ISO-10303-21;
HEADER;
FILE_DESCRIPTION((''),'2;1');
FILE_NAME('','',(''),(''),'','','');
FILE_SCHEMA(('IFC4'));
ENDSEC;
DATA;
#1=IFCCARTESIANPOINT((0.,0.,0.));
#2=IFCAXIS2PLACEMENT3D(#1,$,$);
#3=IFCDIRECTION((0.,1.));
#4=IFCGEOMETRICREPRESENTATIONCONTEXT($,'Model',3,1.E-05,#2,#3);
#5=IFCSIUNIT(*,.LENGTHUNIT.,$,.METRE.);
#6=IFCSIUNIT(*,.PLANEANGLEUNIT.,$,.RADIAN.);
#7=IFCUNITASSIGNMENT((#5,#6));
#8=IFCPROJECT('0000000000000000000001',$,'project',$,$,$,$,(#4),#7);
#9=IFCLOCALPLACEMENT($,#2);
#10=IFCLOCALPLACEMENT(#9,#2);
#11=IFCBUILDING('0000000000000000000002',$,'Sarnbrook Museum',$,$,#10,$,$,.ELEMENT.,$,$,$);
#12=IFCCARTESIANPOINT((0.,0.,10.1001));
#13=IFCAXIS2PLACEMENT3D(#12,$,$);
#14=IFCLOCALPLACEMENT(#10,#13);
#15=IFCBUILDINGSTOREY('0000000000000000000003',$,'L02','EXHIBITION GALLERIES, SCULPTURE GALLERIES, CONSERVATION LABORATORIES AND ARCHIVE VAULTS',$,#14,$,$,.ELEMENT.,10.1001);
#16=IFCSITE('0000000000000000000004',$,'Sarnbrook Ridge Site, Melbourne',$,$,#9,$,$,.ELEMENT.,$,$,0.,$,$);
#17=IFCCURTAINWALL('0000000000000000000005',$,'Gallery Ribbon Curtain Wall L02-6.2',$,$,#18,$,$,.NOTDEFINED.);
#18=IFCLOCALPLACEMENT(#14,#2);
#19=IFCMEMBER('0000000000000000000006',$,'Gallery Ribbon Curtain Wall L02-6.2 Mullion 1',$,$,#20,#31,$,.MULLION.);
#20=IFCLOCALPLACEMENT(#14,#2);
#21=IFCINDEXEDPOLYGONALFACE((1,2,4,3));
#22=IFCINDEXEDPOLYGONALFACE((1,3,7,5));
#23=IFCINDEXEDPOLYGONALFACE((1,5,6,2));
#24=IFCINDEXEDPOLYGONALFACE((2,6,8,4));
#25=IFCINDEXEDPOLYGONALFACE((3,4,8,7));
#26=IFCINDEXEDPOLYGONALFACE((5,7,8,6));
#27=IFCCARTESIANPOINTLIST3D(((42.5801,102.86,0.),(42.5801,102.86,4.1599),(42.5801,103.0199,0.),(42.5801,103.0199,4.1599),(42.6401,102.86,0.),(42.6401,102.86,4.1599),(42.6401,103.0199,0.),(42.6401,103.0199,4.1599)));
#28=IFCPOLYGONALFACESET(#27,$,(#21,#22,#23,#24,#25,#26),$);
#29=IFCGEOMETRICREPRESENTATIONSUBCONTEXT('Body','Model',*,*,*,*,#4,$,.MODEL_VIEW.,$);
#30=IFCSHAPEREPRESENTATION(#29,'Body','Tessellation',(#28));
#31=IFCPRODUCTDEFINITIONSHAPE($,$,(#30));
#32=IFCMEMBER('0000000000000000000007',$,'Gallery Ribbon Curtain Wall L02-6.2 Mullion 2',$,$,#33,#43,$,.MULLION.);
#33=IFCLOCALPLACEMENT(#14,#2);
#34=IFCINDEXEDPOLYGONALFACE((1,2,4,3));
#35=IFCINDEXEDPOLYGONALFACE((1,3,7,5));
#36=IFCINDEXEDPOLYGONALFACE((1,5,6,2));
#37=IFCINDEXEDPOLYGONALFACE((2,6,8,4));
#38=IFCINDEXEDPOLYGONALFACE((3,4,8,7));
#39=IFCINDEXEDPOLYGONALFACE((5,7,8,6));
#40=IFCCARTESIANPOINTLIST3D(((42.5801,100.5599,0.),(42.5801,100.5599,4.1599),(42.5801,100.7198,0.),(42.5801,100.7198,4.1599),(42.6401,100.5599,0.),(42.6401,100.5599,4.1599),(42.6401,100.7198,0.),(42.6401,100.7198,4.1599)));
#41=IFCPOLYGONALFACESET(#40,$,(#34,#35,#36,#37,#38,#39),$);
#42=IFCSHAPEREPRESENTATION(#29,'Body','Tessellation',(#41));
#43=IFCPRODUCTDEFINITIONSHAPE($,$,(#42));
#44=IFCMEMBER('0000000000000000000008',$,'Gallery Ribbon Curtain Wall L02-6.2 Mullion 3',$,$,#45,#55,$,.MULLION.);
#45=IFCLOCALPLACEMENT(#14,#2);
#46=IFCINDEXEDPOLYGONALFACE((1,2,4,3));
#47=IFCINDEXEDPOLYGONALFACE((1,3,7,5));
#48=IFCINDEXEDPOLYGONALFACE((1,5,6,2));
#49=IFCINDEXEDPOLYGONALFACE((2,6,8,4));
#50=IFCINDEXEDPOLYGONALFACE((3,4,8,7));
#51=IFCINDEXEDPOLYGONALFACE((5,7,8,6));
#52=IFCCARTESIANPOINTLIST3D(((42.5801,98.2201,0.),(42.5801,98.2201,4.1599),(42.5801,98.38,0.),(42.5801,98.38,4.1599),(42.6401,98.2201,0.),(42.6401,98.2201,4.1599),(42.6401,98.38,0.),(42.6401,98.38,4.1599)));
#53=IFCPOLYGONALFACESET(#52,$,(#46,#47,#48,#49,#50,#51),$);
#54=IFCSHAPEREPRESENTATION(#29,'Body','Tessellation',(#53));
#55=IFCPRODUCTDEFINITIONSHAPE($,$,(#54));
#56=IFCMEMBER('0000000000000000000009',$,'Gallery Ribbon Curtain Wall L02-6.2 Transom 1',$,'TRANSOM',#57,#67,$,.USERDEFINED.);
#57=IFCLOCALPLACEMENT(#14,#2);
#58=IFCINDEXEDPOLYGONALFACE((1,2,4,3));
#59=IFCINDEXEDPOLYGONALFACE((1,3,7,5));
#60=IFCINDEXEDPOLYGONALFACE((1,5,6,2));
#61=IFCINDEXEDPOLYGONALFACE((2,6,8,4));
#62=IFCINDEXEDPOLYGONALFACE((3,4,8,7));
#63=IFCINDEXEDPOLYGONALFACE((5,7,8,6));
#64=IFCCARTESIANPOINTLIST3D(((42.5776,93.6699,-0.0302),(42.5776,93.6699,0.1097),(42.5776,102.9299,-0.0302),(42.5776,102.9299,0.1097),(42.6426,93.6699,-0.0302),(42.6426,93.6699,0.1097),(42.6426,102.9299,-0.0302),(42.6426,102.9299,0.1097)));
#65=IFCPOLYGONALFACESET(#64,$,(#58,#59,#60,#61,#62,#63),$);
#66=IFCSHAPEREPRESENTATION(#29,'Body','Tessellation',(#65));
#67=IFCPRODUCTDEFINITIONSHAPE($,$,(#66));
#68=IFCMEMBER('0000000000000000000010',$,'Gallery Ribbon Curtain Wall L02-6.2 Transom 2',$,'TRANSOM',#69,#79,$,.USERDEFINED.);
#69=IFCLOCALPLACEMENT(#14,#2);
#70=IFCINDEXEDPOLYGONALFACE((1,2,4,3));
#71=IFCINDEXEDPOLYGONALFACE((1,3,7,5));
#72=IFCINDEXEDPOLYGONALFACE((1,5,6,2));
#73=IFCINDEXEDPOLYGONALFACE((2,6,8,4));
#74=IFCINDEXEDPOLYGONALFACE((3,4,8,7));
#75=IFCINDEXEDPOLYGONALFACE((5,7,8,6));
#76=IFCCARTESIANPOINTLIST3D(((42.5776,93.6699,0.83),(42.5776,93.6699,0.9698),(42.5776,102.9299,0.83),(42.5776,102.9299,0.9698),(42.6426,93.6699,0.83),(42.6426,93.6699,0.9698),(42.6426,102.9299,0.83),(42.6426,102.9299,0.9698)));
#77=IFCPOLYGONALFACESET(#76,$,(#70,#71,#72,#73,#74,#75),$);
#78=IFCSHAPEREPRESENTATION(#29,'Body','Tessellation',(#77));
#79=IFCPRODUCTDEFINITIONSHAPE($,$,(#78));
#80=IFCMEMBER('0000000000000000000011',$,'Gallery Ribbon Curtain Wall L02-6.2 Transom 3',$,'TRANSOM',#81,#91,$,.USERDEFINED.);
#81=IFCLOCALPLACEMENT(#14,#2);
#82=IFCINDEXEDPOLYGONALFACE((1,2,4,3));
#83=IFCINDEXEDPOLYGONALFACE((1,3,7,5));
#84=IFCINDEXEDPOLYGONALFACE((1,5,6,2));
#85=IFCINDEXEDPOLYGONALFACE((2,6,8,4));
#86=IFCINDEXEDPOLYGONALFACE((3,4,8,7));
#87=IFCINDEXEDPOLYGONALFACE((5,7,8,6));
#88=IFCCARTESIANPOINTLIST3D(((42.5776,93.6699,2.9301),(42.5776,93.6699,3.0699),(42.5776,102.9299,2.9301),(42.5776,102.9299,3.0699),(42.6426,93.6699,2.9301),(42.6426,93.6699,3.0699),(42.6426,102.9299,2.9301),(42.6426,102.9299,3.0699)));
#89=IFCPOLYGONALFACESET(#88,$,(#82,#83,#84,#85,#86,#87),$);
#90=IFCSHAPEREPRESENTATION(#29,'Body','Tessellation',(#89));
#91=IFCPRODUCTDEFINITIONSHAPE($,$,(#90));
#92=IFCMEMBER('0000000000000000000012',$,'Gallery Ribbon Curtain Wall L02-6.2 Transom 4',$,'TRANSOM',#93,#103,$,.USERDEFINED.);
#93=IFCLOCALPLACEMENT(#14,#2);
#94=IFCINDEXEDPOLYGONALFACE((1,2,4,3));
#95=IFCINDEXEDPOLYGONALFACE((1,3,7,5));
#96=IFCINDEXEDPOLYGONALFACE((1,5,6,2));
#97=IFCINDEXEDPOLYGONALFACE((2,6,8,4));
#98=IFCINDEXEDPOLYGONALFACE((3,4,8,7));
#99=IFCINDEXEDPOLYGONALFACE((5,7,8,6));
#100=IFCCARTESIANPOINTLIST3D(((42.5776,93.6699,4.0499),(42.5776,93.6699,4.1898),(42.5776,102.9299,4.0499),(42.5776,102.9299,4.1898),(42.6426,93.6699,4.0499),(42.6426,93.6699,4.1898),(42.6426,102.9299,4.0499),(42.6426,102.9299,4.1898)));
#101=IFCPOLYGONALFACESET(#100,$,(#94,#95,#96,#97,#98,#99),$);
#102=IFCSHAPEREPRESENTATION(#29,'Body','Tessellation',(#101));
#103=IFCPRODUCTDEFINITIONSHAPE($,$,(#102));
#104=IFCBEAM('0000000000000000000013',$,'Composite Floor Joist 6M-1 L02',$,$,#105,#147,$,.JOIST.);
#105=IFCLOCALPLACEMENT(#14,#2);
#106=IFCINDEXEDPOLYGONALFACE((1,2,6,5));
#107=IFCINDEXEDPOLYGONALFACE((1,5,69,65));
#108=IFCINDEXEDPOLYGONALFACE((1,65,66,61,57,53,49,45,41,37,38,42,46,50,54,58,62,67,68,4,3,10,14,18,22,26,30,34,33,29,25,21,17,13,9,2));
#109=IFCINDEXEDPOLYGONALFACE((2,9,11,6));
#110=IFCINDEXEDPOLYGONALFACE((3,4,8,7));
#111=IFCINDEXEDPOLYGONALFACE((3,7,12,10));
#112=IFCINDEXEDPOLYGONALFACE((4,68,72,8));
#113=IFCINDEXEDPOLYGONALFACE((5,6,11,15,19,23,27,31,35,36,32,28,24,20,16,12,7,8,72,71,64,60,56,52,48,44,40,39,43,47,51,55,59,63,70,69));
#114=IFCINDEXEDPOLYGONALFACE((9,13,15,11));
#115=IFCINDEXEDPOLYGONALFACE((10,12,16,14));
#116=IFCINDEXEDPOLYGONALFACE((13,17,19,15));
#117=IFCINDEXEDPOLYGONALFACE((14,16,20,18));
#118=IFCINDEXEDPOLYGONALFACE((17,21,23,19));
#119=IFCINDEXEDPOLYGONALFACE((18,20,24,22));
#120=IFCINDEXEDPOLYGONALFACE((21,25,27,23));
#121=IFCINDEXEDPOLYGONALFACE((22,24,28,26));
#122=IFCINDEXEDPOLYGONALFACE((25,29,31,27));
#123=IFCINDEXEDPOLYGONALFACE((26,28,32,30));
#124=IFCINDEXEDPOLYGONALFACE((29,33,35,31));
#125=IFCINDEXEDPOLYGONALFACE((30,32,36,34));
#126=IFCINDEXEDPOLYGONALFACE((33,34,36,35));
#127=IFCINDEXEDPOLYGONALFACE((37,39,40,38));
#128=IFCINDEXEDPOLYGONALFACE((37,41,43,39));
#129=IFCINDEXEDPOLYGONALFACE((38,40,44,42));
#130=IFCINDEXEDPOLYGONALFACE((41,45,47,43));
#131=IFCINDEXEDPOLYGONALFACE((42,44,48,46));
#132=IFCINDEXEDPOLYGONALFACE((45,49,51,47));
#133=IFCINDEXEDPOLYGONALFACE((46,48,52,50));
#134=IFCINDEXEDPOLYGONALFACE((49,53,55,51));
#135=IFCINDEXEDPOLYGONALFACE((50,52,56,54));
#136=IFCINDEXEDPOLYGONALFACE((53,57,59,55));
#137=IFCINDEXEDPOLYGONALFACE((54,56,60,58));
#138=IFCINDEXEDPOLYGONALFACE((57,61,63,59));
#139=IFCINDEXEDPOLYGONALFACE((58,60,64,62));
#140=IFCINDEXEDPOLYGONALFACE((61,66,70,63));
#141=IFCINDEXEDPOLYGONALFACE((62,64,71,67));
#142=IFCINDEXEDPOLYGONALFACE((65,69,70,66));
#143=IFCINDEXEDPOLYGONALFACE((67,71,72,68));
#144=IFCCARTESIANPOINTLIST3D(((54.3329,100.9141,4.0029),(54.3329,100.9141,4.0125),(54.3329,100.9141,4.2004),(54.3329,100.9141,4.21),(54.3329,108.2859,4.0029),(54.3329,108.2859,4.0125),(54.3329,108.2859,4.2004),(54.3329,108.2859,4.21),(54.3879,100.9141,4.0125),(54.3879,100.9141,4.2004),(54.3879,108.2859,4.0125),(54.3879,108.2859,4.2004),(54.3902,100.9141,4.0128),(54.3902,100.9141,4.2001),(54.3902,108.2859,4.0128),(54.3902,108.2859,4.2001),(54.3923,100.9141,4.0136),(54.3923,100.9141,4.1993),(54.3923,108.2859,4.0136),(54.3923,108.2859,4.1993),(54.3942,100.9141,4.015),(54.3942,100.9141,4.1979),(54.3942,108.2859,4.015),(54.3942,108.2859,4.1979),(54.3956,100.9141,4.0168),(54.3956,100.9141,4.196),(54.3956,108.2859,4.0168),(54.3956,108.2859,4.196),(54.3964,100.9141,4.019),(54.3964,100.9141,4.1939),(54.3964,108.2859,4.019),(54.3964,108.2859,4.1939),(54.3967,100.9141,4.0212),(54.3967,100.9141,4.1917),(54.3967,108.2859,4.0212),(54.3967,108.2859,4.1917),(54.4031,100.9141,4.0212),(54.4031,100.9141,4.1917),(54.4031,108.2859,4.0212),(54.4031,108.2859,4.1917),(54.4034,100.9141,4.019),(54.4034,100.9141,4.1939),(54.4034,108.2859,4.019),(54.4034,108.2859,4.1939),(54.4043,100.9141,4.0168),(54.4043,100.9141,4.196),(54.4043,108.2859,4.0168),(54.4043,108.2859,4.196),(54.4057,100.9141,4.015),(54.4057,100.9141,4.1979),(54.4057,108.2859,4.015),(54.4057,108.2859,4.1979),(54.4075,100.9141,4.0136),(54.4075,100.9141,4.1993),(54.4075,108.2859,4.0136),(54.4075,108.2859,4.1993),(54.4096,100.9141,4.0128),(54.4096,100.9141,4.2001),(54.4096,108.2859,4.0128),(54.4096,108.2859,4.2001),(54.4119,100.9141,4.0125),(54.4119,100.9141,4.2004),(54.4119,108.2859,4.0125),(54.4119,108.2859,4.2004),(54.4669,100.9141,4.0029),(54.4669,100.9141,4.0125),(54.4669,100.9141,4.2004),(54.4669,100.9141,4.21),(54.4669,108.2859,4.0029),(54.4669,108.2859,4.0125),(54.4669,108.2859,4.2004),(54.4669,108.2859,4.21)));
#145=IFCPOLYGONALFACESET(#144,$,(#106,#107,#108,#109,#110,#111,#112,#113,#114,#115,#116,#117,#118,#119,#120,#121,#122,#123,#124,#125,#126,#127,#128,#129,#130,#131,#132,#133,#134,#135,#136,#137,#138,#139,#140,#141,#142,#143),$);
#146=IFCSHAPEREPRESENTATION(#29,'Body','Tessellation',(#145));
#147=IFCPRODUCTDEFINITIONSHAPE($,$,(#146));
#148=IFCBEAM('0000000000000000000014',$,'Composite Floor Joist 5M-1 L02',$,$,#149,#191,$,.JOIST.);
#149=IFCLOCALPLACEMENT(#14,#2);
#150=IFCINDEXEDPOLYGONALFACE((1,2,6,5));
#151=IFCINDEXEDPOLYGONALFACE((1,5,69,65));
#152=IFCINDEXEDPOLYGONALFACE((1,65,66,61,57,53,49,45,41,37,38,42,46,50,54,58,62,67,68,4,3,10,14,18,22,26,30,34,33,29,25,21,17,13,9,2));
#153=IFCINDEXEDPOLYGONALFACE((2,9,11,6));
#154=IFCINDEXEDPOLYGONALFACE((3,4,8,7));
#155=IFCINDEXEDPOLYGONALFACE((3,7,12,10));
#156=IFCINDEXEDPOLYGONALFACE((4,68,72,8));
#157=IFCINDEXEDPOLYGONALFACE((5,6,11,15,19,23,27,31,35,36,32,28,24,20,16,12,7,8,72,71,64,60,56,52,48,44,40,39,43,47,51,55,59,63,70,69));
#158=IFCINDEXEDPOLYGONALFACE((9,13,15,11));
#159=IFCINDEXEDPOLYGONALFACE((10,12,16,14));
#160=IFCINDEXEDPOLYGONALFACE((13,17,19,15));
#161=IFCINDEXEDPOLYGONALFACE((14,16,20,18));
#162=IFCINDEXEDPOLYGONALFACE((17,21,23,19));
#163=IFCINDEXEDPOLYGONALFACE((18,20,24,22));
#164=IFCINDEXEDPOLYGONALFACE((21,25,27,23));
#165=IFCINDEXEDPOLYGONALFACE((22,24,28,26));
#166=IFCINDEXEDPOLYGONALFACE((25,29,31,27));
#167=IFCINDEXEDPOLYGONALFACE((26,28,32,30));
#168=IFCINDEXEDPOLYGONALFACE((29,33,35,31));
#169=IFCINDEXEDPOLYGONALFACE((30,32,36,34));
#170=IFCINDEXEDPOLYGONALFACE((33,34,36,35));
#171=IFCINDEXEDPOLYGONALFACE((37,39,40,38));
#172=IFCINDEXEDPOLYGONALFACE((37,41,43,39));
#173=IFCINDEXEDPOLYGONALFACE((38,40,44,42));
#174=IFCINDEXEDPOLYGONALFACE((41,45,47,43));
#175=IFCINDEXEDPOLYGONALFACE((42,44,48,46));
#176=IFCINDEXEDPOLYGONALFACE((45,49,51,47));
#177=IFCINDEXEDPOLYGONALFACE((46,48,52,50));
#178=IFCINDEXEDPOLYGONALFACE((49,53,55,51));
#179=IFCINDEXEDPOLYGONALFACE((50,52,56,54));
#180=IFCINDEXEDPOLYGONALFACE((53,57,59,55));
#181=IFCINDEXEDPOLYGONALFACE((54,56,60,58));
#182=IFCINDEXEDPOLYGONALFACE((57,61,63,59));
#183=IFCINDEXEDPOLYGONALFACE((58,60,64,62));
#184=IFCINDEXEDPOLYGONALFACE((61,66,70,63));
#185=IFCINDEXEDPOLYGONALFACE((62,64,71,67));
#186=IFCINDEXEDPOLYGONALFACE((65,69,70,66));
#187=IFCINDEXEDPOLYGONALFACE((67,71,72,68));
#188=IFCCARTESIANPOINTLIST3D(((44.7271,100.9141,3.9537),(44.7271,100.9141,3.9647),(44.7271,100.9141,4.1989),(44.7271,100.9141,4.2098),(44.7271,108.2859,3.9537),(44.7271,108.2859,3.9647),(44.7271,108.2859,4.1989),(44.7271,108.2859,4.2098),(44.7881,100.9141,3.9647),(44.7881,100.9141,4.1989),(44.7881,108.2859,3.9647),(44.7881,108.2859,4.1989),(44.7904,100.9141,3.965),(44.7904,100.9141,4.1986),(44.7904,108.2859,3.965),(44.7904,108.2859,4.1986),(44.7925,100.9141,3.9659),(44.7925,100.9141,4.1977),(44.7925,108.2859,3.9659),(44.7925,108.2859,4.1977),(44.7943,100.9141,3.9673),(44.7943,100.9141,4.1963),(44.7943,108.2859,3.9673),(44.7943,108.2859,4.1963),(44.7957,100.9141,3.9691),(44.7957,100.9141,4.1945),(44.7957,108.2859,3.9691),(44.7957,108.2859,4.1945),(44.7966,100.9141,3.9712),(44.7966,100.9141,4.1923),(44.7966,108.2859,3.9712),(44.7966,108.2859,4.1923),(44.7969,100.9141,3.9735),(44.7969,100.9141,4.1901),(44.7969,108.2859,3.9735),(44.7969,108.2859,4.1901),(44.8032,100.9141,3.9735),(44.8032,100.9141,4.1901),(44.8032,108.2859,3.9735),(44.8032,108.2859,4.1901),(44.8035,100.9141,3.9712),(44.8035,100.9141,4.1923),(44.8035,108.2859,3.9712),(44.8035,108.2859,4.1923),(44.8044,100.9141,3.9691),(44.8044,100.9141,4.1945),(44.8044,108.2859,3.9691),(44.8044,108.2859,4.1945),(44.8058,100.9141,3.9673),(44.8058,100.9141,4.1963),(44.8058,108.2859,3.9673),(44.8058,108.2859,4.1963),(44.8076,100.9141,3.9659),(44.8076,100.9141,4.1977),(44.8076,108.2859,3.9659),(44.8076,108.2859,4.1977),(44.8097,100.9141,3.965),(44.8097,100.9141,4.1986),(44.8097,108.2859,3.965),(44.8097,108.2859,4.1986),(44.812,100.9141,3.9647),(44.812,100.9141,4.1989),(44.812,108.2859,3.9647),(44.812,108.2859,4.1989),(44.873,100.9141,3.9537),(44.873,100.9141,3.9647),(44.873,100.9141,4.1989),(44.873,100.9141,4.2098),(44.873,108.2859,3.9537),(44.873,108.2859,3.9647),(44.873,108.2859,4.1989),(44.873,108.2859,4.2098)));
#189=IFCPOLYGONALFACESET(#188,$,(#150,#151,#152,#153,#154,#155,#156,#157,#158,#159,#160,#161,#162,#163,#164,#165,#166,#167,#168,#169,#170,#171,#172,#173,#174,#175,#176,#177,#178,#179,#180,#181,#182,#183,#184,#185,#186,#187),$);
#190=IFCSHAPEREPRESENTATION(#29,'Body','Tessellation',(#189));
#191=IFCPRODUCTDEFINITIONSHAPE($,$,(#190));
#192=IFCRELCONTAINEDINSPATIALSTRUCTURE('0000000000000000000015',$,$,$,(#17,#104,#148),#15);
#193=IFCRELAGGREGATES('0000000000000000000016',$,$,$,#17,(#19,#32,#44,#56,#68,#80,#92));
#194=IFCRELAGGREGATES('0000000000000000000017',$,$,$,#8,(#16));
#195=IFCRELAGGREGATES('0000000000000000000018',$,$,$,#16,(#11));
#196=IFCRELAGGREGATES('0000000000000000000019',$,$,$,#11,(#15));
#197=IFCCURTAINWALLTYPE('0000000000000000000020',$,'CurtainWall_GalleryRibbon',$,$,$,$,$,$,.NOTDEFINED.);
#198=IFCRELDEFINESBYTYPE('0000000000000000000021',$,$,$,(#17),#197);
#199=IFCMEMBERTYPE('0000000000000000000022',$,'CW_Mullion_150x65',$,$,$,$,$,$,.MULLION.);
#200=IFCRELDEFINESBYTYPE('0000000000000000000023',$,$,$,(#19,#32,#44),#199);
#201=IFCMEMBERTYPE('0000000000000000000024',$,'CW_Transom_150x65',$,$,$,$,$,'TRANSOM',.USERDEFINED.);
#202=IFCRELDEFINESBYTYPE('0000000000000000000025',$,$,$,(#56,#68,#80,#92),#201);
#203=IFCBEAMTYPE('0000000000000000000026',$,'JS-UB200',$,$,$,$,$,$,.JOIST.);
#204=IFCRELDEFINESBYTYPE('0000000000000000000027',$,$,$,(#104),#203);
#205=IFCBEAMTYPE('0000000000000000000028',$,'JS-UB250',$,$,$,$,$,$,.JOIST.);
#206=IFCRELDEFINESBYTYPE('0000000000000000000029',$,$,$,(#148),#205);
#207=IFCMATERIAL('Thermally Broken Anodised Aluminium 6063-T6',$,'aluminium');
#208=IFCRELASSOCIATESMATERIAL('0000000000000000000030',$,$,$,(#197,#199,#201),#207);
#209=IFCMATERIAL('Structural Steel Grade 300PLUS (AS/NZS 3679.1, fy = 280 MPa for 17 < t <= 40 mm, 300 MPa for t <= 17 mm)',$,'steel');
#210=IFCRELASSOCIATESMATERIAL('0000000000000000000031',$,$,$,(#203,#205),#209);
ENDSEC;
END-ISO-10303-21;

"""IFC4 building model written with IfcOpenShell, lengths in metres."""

from ifc_helpers import new_model, si_unit, direction, frame, origin, origin_2d, place, context, subcontext, project, spatial, rectangle, i_section, extrude, material, material_profile, profile_set, type_object, element, aggregate, save


model = new_model("IFC4")

# Units and contexts
model_context = context("Model", 3, precision=1e-05, world=origin(), true_north=direction((0.0, 1.0)))
body_context = subcontext(model_context, "Body", "Model", "MODEL_VIEW")
ifc_project = project(units=[si_unit("LENGTHUNIT", "METRE"), si_unit("PLANEANGLEUNIT", "RADIAN")], contexts=[model_context])

# Site, building, storey
site_placement = place(None, origin())
site = spatial("IfcSite", under=ifc_project, at=site_placement, Name="Sarnbrook Ridge Site, Melbourne", CompositionType="ELEMENT", RefElevation=0.0)
building_placement = place(site_placement, origin())
building = spatial("IfcBuilding", under=site, at=building_placement, Name="Sarnbrook Museum", CompositionType="ELEMENT")
storey_placement = place(building_placement, frame((0.0, 0.0, 10.1001)))
storey = spatial("IfcBuildingStorey", under=building, at=storey_placement, Name="L02", Description="EXHIBITION GALLERIES, SCULPTURE GALLERIES, CONSERVATION LABORATORIES AND ARCHIVE VAULTS", CompositionType="ELEMENT", Elevation=10.1001)

# Shared definitions
ifc_material_1 = material(Name="Structural Steel Grade 300PLUS (AS/NZS 3679.1, fy = 280 MPa for 17 < t <= 40 mm, 300 MPa for t <= 17 mm)", Category="steel")

# Curtain wall, members
ifc_material_2 = material(Name="Thermally Broken Anodised Aluminium 6063-T6", Category="aluminium")
curtain_wall_type = type_object("IfcCurtainWallType", Name="CurtainWall_GalleryRibbon", PredefinedType="NOTDEFINED", material=ifc_material_2)
ifc_material_profile_1 = material_profile(ifc_material_2, rectangle(XDim=0.0601, YDim=0.1599, at=origin_2d()), Name="ALU MULLION 60x160")
ifc_profile_set_1 = profile_set([ifc_material_profile_1], Name="Thermally Broken Anodised Aluminium 6063-T6")
member_type_1 = type_object("IfcMemberType", Name="CW_Mullion_150x65", PredefinedType="MULLION", material=ifc_profile_set_1)
curtain_wall_1_placement = place(storey_placement, origin())
curtain_wall_1 = element("IfcCurtainWall", 1, at=curtain_wall_1_placement, inside=storey, type_object=curtain_wall_type, Name="Gallery Ribbon Curtain Wall L02-6.2", PredefinedType="NOTDEFINED")
member_1_placement = place(storey_placement, frame((42.6101, 102.9399, 0.0), z_axis=(0.0, 0.0, 1.0), x_axis=(1.0, 0.0, 0.0)))
member_1 = element("IfcMember", 2, at=member_1_placement, type_object=member_type_1, Name="Gallery Ribbon Curtain Wall L02-6.2 Mullion 1", PredefinedType="MULLION", context=body_context, shape_type="SweptSolid", body=[
    extrude(rectangle(XDim=0.0601, YDim=0.1599, at=origin_2d()), origin(), (0.0, 0.0, 1.0), 4.1599),
])
member_2_placement = place(storey_placement, frame((42.6101, 100.6399, 0.0), z_axis=(0.0, 0.0, 1.0), x_axis=(1.0, 0.0, 0.0)))
member_2 = element("IfcMember", 3, at=member_2_placement, type_object=member_type_1, Name="Gallery Ribbon Curtain Wall L02-6.2 Mullion 2", PredefinedType="MULLION", context=body_context, shape_type="SweptSolid", body=[
    extrude(rectangle(XDim=0.0601, YDim=0.1599, at=origin_2d()), origin(), (0.0, 0.0, 1.0), 4.1599),
])
member_3_placement = place(storey_placement, frame((42.6101, 98.3, 0.0), z_axis=(0.0, 0.0, 1.0), x_axis=(1.0, 0.0, 0.0)))
member_3 = element("IfcMember", 4, at=member_3_placement, type_object=member_type_1, Name="Gallery Ribbon Curtain Wall L02-6.2 Mullion 3", PredefinedType="MULLION", context=body_context, shape_type="SweptSolid", body=[
    extrude(rectangle(XDim=0.0601, YDim=0.1599, at=origin_2d()), origin(), (0.0, 0.0, 1.0), 4.1599),
])
ifc_material_profile_2 = material_profile(ifc_material_2, rectangle(XDim=0.0649, YDim=0.1399, at=origin_2d()), Name="ALU TRANSOM 65x140")
ifc_profile_set_2 = profile_set([ifc_material_profile_2], Name="Thermally Broken Anodised Aluminium 6063-T6")
member_type_2 = type_object("IfcMemberType", Name="CW_Transom_150x65", ElementType="TRANSOM", PredefinedType="USERDEFINED", material=ifc_profile_set_2)
member_4_placement = place(storey_placement, frame((42.6101, 102.9299, 0.0398), z_axis=(0.0, -1.0, 0.0), x_axis=(1.0, 0.0, 0.0)))
member_4 = element("IfcMember", 5, at=member_4_placement, type_object=member_type_2, Name="Gallery Ribbon Curtain Wall L02-6.2 Transom 1", ObjectType="TRANSOM", PredefinedType="USERDEFINED", context=body_context, shape_type="SweptSolid", body=[
    extrude(rectangle(XDim=0.0649, YDim=0.1399, at=origin_2d()), origin(), (0.0, 0.0, 1.0), 9.26),
])
member_5_placement = place(storey_placement, frame((42.6101, 102.9299, 0.8999), z_axis=(0.0, -1.0, 0.0), x_axis=(1.0, 0.0, 0.0)))
member_5 = element("IfcMember", 6, at=member_5_placement, type_object=member_type_2, Name="Gallery Ribbon Curtain Wall L02-6.2 Transom 2", ObjectType="TRANSOM", PredefinedType="USERDEFINED", context=body_context, shape_type="SweptSolid", body=[
    extrude(rectangle(XDim=0.0649, YDim=0.1399, at=origin_2d()), origin(), (0.0, 0.0, 1.0), 9.26),
])
member_6_placement = place(storey_placement, frame((42.6101, 102.9299, 3.0), z_axis=(0.0, -1.0, 0.0), x_axis=(1.0, 0.0, 0.0)))
member_6 = element("IfcMember", 7, at=member_6_placement, type_object=member_type_2, Name="Gallery Ribbon Curtain Wall L02-6.2 Transom 3", ObjectType="TRANSOM", PredefinedType="USERDEFINED", context=body_context, shape_type="SweptSolid", body=[
    extrude(rectangle(XDim=0.0649, YDim=0.1399, at=origin_2d()), origin(), (0.0, 0.0, 1.0), 9.26),
])
member_7_placement = place(storey_placement, frame((42.6101, 102.9299, 4.1199), z_axis=(0.0, -1.0, 0.0), x_axis=(1.0, 0.0, 0.0)))
member_7 = element("IfcMember", 8, at=member_7_placement, type_object=member_type_2, Name="Gallery Ribbon Curtain Wall L02-6.2 Transom 4", ObjectType="TRANSOM", PredefinedType="USERDEFINED", context=body_context, shape_type="SweptSolid", body=[
    extrude(rectangle(XDim=0.0649, YDim=0.1399, at=origin_2d()), origin(), (0.0, 0.0, 1.0), 9.26),
])

# Beams
ifc_material_profile_3 = material_profile(ifc_material_1, i_section(OverallWidth=0.134, OverallDepth=0.207, WebThickness=0.0063, FlangeThickness=0.0095, FilletRadius=0.0088, at=origin_2d()), Name="200UB29.8")
ifc_profile_set_3 = profile_set([ifc_material_profile_3], Name="Structural Steel Grade 300PLUS (AS/NZS 3679.1, fy = 280 MPa for 17 < t <= 40 mm, 300 MPa for t <= 17 mm)")
beam_type_1 = type_object("IfcBeamType", Name="JS-UB200", PredefinedType="JOIST", material=ifc_profile_set_3)
beam_1_placement = place(storey_placement, frame((54.3999, 100.9141, 4.1064), z_axis=(0.0, 1.0, 0.0), x_axis=(-1.0, 0.0, 0.0)))
element("IfcBeam", 9, at=beam_1_placement, inside=storey, type_object=beam_type_1, Name="Composite Floor Joist 6M-1 L02", PredefinedType="JOIST", context=body_context, shape_type="SweptSolid", body=[
    extrude(i_section(OverallWidth=0.134, OverallDepth=0.207, WebThickness=0.0063, FlangeThickness=0.0095, FilletRadius=0.0088, at=origin_2d()), origin(), (0.0, 0.0, 1.0), 7.3718),
])
ifc_material_profile_4 = material_profile(ifc_material_1, i_section(OverallWidth=0.146, OverallDepth=0.2561, WebThickness=0.0063, FlangeThickness=0.011, FilletRadius=0.0088, at=origin_2d()), Name="250UB37.3")
ifc_profile_set_4 = profile_set([ifc_material_profile_4], Name="Structural Steel Grade 300PLUS (AS/NZS 3679.1, fy = 280 MPa for 17 < t <= 40 mm, 300 MPa for t <= 17 mm)")
beam_type_2 = type_object("IfcBeamType", Name="JS-UB250", PredefinedType="JOIST", material=ifc_profile_set_4)
for number, where, z_axis, x_axis, name in (
    (10, (44.8, 100.9141, 4.0818), (0.0, 1.0, 0.0), (-1.0, 0.0, 0.0), "Composite Floor Joist 5M-1 L02"),
):
    element("IfcBeam", number, at=place(storey_placement, frame(where, z_axis=z_axis, x_axis=x_axis)), inside=storey, type_object=beam_type_2, Name=name, PredefinedType="JOIST", context=body_context, shape_type="SweptSolid", body=[
        extrude(i_section(OverallWidth=0.146, OverallDepth=0.2561, WebThickness=0.0063, FlangeThickness=0.011, FilletRadius=0.0088, at=origin_2d()), origin(), (0.0, 0.0, 1.0), 7.3718),
    ])

aggregate(curtain_wall_1, [member_1, member_2, member_3, member_4, member_5, member_6, member_7])

save(model, "model.ifc")
